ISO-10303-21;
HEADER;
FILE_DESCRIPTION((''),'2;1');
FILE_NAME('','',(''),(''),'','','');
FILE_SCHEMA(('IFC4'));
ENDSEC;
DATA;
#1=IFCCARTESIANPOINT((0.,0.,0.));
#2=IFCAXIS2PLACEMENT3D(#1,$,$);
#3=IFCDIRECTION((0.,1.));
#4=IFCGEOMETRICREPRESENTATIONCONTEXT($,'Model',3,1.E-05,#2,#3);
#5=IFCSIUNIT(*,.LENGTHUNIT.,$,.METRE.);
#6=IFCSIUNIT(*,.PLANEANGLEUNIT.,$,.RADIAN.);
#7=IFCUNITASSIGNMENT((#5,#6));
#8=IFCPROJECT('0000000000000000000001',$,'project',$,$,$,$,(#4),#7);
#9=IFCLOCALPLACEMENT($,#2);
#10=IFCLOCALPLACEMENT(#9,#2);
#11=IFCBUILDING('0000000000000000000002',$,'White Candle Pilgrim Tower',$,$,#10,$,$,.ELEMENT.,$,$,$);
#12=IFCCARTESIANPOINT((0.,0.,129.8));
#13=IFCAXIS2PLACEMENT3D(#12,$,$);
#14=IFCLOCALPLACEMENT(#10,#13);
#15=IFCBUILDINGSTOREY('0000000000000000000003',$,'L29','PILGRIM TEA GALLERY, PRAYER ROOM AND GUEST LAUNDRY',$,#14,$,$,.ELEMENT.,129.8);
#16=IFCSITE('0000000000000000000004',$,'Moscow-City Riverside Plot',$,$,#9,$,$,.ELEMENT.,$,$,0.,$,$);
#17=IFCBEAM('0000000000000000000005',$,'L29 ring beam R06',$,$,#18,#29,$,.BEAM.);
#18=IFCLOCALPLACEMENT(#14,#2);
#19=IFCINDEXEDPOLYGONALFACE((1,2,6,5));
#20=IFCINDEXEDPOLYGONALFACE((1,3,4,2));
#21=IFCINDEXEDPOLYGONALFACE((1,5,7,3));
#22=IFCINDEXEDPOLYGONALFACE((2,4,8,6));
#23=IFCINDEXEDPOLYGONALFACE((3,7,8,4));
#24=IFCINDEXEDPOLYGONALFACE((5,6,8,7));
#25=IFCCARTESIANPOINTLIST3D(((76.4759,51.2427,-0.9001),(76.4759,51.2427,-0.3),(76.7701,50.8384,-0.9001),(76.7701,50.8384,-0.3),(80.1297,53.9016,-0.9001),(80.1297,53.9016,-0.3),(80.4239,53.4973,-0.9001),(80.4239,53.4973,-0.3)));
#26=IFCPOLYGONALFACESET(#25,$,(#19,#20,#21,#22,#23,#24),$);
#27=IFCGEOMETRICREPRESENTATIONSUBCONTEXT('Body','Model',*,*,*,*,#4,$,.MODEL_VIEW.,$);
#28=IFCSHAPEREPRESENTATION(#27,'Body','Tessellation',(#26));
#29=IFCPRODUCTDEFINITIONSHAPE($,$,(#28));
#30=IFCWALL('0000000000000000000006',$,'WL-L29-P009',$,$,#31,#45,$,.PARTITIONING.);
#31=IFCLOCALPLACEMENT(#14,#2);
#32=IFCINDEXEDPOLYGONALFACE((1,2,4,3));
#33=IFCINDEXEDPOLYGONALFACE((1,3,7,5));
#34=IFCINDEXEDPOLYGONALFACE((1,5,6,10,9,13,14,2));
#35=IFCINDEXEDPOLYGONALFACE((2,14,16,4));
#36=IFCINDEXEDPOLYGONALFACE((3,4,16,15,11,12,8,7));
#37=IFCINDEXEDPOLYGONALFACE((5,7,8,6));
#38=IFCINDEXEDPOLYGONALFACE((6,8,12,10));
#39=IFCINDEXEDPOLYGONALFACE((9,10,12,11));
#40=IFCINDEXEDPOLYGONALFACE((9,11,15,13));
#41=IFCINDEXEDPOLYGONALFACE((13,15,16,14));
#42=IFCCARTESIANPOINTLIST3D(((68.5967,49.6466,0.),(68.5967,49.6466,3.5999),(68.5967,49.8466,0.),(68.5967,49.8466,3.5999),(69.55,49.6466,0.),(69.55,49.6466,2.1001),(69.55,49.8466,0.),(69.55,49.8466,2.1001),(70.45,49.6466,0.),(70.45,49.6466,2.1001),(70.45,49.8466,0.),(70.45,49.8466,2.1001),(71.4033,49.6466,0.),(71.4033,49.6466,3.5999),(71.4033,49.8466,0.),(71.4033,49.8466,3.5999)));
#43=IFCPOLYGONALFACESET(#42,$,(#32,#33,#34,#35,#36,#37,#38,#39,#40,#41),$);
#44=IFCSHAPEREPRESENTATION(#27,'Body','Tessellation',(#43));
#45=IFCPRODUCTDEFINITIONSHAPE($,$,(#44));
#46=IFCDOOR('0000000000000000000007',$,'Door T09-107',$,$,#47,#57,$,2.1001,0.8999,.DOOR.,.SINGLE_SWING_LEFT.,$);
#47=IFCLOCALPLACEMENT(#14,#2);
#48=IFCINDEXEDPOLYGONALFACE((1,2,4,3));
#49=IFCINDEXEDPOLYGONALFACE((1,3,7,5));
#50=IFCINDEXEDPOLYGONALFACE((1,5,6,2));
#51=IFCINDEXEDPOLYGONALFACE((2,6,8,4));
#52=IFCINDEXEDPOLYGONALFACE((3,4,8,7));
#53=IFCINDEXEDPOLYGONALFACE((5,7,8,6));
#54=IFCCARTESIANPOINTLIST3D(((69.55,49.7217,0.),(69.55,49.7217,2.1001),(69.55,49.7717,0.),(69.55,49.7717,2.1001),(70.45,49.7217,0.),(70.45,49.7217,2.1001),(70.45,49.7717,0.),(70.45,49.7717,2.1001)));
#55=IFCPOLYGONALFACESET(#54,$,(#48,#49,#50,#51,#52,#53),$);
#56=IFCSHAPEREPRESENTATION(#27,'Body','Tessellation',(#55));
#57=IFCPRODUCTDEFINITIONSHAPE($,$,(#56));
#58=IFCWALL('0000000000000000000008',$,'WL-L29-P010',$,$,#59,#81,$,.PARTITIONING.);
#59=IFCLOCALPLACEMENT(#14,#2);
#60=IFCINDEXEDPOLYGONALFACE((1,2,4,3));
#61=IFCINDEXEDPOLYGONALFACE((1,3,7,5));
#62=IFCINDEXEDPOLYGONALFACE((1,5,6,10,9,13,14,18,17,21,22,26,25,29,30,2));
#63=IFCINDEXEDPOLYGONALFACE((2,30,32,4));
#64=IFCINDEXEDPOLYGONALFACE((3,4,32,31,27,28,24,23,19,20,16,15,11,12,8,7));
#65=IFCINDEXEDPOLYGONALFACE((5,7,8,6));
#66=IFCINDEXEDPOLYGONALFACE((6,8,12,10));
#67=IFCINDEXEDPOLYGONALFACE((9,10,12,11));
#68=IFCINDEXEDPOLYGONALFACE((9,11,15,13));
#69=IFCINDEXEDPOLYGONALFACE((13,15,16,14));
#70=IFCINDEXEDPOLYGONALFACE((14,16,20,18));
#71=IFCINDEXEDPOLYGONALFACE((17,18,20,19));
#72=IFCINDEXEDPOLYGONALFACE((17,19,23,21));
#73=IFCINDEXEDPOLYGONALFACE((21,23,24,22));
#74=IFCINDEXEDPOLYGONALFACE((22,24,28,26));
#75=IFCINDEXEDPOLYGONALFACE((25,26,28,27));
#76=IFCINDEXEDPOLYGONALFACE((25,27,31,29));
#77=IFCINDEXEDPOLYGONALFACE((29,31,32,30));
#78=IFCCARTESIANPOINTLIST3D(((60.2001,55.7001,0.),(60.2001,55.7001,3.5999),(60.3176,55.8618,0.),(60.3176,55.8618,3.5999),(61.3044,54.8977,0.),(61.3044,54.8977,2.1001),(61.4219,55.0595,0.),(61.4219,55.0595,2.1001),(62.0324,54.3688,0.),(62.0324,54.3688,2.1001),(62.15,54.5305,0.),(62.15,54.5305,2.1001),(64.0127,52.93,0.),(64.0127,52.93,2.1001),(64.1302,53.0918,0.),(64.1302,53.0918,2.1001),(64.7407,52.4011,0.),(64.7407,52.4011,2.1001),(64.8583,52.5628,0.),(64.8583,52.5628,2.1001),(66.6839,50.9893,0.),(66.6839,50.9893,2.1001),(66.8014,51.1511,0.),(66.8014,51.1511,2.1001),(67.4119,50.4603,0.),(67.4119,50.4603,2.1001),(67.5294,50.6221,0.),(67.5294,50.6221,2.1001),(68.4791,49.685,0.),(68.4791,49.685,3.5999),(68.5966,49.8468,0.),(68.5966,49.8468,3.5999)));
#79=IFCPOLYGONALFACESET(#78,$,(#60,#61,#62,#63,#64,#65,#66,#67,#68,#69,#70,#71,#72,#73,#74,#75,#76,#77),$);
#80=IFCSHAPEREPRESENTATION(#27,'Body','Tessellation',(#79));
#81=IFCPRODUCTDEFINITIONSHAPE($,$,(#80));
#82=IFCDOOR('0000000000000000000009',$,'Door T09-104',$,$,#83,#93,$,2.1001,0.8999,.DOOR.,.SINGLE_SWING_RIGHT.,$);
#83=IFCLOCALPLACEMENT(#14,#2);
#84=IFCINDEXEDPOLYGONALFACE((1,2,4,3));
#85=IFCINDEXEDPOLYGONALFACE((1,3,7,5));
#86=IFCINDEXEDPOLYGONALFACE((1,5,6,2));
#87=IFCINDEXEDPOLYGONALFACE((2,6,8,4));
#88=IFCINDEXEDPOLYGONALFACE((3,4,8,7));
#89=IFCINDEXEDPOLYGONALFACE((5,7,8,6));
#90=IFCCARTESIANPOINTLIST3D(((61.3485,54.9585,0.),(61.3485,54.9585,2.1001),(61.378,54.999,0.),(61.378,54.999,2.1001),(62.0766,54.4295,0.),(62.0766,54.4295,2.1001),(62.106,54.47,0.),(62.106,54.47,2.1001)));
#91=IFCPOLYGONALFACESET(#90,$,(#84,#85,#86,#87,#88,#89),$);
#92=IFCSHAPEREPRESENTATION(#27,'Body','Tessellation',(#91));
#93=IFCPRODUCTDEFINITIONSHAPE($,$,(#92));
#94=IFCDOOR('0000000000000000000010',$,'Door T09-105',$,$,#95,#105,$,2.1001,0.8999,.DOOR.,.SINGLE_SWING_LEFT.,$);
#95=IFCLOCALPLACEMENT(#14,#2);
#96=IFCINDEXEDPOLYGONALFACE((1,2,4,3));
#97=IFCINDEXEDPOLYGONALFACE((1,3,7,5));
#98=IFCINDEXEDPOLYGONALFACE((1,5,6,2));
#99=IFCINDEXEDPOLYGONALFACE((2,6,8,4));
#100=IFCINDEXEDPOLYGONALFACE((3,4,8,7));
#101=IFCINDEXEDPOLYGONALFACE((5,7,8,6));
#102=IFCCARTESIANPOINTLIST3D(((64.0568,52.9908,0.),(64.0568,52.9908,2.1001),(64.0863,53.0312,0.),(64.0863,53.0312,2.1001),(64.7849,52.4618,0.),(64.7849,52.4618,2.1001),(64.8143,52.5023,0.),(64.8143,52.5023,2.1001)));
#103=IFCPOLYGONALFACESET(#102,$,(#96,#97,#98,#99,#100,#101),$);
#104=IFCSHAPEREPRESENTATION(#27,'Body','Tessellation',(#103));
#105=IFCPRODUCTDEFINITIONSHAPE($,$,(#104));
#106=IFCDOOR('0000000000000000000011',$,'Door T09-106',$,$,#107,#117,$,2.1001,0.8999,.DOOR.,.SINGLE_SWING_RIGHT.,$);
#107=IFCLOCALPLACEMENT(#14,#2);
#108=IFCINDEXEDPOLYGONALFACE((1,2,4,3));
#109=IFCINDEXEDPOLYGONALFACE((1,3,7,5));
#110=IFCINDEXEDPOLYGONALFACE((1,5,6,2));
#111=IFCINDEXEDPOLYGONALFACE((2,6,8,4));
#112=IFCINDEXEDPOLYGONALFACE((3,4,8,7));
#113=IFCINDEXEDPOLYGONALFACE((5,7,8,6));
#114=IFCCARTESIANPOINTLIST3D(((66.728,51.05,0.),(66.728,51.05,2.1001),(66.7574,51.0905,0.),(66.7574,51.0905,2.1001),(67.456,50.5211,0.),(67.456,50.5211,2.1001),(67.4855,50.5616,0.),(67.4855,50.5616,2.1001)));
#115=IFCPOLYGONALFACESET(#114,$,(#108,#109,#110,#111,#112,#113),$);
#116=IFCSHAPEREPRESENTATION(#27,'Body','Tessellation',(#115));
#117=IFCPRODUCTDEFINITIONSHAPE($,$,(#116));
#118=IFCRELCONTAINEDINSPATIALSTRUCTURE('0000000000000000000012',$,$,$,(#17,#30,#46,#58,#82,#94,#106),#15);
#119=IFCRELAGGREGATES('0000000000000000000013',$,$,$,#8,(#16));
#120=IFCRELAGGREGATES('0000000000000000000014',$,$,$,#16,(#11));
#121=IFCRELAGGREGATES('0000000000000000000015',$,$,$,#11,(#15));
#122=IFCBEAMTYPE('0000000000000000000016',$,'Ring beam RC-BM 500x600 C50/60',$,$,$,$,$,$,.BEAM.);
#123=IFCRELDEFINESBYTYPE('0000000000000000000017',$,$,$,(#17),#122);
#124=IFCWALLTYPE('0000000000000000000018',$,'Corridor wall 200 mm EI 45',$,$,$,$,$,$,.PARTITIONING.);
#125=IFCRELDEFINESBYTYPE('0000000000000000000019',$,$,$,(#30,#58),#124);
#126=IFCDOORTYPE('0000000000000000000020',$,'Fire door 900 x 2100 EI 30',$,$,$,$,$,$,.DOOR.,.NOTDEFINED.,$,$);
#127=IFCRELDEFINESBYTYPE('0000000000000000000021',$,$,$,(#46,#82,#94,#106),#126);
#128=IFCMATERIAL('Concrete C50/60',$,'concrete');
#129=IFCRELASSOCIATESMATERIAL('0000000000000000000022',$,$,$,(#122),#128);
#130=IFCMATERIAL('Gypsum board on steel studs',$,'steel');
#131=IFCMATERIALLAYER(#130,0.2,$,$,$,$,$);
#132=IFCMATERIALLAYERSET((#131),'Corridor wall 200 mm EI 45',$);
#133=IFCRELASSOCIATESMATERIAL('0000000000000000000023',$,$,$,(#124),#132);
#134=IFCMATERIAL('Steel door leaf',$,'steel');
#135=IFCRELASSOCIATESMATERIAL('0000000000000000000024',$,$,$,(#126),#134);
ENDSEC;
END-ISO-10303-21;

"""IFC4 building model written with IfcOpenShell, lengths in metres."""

from ifc_helpers import new_model, si_unit, direction, frame, frame_2d, origin, origin_2d, place, context, subcontext, project, spatial, rectangle, extrude, material, layer, layer_set, material_profile, profile_set, type_object, element, fill, save


model = new_model("IFC4")

# Units and contexts
model_context = context("Model", 3, precision=1e-05, world=origin(), true_north=direction((0.0, 1.0)))
body_context = subcontext(model_context, "Body", "Model", "MODEL_VIEW")
ifc_project = project(units=[si_unit("LENGTHUNIT", "METRE"), si_unit("PLANEANGLEUNIT", "RADIAN")], contexts=[model_context])

# Site, building, storey
site_placement = place(None, origin())
site = spatial("IfcSite", under=ifc_project, at=site_placement, Name="Moscow-City Riverside Plot", CompositionType="ELEMENT", RefElevation=0.0)
building_placement = place(site_placement, origin())
building = spatial("IfcBuilding", under=site, at=building_placement, Name="White Candle Pilgrim Tower", CompositionType="ELEMENT")
storey_placement = place(building_placement, frame((0.0, 0.0, 129.8)))
storey = spatial("IfcBuildingStorey", under=building, at=storey_placement, Name="L29", Description="PILGRIM TEA GALLERY, PRAYER ROOM AND GUEST LAUNDRY", CompositionType="ELEMENT", Elevation=129.8)

# Beam
ifc_material_1 = material(Name="Concrete C50/60", Category="concrete")
ifc_material_profile_1 = material_profile(ifc_material_1, rectangle(XDim=0.5, YDim=0.6001, at=origin_2d()), Name="RC-BM 500x600")
ifc_profile_set_1 = profile_set([ifc_material_profile_1], Name="Concrete C50/60")
beam_type = type_object("IfcBeamType", Name="Ring beam RC-BM 500x600 C50/60", PredefinedType="BEAM", material=ifc_profile_set_1)
beam_1_placement = place(storey_placement, frame((76.623, 51.0405, -0.6001), z_axis=(0.808566, 0.588406, 0.0), x_axis=(-0.588406, 0.808566, 0.0)))
element("IfcBeam", 1, at=beam_1_placement, inside=storey, type_object=beam_type, Name="L29 ring beam R06", PredefinedType="BEAM", context=body_context, shape_type="SweptSolid", body=[
    extrude(rectangle(XDim=0.5, YDim=0.6001, at=origin_2d()), origin(), (0.0, 0.0, 1.0), 4.5188),
])

# Wall, opening, door
ifc_material_2 = material(Name="Gypsum board on steel studs", Category="steel")
ifc_layer_1 = layer(ifc_material_2, 0.2)
ifc_layer_set_1 = layer_set([ifc_layer_1], Name="Corridor wall 200 mm EI 45")
wall_type_1 = type_object("IfcWallType", Name="Corridor wall 200 mm EI 45", PredefinedType="PARTITIONING", material=ifc_layer_set_1)
wall_1_placement = place(storey_placement, frame((71.4033, 49.7466, 0.0), z_axis=(0.0, 0.0, 1.0), x_axis=(-1.0, 0.0, 0.0)))
wall_1 = element("IfcWall", 2, at=wall_1_placement, inside=storey, type_object=wall_type_1, Name="WL-L29-P009", PredefinedType="PARTITIONING", context=body_context, shape_type="SweptSolid", body=[
    extrude(rectangle(XDim=2.8066, YDim=0.2, at=frame_2d((1.4033, 0.0))), origin(), (0.0, 0.0, 1.0), 3.5999),
])
opening_1_placement = place(wall_1_placement, frame((0.9534, 0.0, 0.0)))
opening_1 = element("IfcOpeningElement", 3, at=opening_1_placement, cuts=wall_1, PredefinedType="OPENING", context=body_context, shape_type="SweptSolid", body=[
    extrude(rectangle(XDim=0.8999, YDim=2.1001, at=frame_2d((0.45, 1.05))), frame((0.0, 0.1099, 0.0), z_axis=(0.0, -1.0, 0.0), x_axis=(1.0, 0.0, 0.0)), (0.0, 0.0, 1.0), 0.22),
])
ifc_material_3 = material(Name="Steel door leaf", Category="steel")
door_type_1 = type_object("IfcDoorType", Name="Fire door 900 x 2100 EI 30", OperationType="NOTDEFINED", PredefinedType="DOOR", material=ifc_material_3)
door_1_placement = place(opening_1_placement, origin())
door_1 = element("IfcDoor", 4, at=door_1_placement, inside=storey, type_object=door_type_1, Name="Door T09-107", OperationType="SINGLE_SWING_LEFT", OverallHeight=2.1001, OverallWidth=0.8999, PredefinedType="DOOR", context=body_context, shape_type="SweptSolid", body=[
    extrude(rectangle(XDim=0.8999, YDim=2.1001, at=frame_2d((0.45, 1.05))), frame((0.0, 0.0249, 0.0), z_axis=(0.0, -1.0, 0.0), x_axis=(1.0, 0.0, 0.0)), (0.0, 0.0, 1.0), 0.05),
])
fill(opening_1, door_1)

# Wall, openings, doors
wall_2_placement = place(storey_placement, frame((68.5378, 49.7659, 0.0), z_axis=(0.0, 0.0, 1.0), x_axis=(-0.809015, 0.587789, 0.0)))
wall_2 = element("IfcWall", 5, at=wall_2_placement, inside=storey, type_object=wall_type_1, Name="WL-L29-P010", PredefinedType="PARTITIONING", context=body_context, shape_type="SweptSolid", body=[
    extrude(rectangle(XDim=10.2334, YDim=0.2, at=frame_2d((5.1167, 0.0))), origin(), (0.0, 0.0, 1.0), 3.5999),
])
opening_2_placement = place(wall_2_placement, frame((7.9685, 0.0, 0.0)))
opening_2 = element("IfcOpeningElement", 6, at=opening_2_placement, cuts=wall_2, PredefinedType="OPENING", context=body_context, shape_type="SweptSolid", body=[
    extrude(rectangle(XDim=0.8999, YDim=2.1001, at=frame_2d((0.45, 1.05))), frame((0.0, 0.1099, 0.0), z_axis=(0.0, -1.0, 0.0), x_axis=(1.0, 0.0, 0.0)), (0.0, 0.0, 1.0), 0.22),
])
opening_3_placement = place(wall_2_placement, frame((4.6208, 0.0, 0.0)))
opening_3 = element("IfcOpeningElement", 7, at=opening_3_placement, cuts=wall_2, PredefinedType="OPENING", context=body_context, shape_type="SweptSolid", body=[
    extrude(rectangle(XDim=0.8999, YDim=2.1001, at=frame_2d((0.45, 1.05))), frame((0.0, 0.1099, 0.0), z_axis=(0.0, -1.0, 0.0), x_axis=(1.0, 0.0, 0.0)), (0.0, 0.0, 1.0), 0.22),
])
opening_4_placement = place(wall_2_placement, frame((1.3191, 0.0, 0.0)))
opening_4 = element("IfcOpeningElement", 8, at=opening_4_placement, cuts=wall_2, PredefinedType="OPENING", context=body_context, shape_type="SweptSolid", body=[
    extrude(rectangle(XDim=0.8999, YDim=2.1001, at=frame_2d((0.45, 1.05))), frame((0.0, 0.1099, 0.0), z_axis=(0.0, -1.0, 0.0), x_axis=(1.0, 0.0, 0.0)), (0.0, 0.0, 1.0), 0.22),
])
door_2_placement = place(opening_2_placement, origin())
door_2 = element("IfcDoor", 9, at=door_2_placement, inside=storey, type_object=door_type_1, Name="Door T09-104", OperationType="SINGLE_SWING_RIGHT", OverallHeight=2.1001, OverallWidth=0.8999, PredefinedType="DOOR", context=body_context, shape_type="SweptSolid", body=[
    extrude(rectangle(XDim=0.8999, YDim=2.1001, at=frame_2d((0.45, 1.05))), frame((0.0, 0.0249, 0.0), z_axis=(0.0, -1.0, 0.0), x_axis=(1.0, 0.0, 0.0)), (0.0, 0.0, 1.0), 0.05),
])
fill(opening_2, door_2)
door_3_placement = place(opening_3_placement, origin())
door_3 = element("IfcDoor", 10, at=door_3_placement, inside=storey, type_object=door_type_1, Name="Door T09-105", OperationType="SINGLE_SWING_LEFT", OverallHeight=2.1001, OverallWidth=0.8999, PredefinedType="DOOR", context=body_context, shape_type="SweptSolid", body=[
    extrude(rectangle(XDim=0.8999, YDim=2.1001, at=frame_2d((0.45, 1.05))), frame((0.0, 0.0249, 0.0), z_axis=(0.0, -1.0, 0.0), x_axis=(1.0, 0.0, 0.0)), (0.0, 0.0, 1.0), 0.05),
])
fill(opening_3, door_3)
door_4_placement = place(opening_4_placement, origin())
door_4 = element("IfcDoor", 11, at=door_4_placement, inside=storey, type_object=door_type_1, Name="Door T09-106", OperationType="SINGLE_SWING_RIGHT", OverallHeight=2.1001, OverallWidth=0.8999, PredefinedType="DOOR", context=body_context, shape_type="SweptSolid", body=[
    extrude(rectangle(XDim=0.8999, YDim=2.1001, at=frame_2d((0.45, 1.05))), frame((0.0, 0.0249, 0.0), z_axis=(0.0, -1.0, 0.0), x_axis=(1.0, 0.0, 0.0)), (0.0, 0.0, 1.0), 0.05),
])
fill(opening_4, door_4)

save(model, "model.ifc")
